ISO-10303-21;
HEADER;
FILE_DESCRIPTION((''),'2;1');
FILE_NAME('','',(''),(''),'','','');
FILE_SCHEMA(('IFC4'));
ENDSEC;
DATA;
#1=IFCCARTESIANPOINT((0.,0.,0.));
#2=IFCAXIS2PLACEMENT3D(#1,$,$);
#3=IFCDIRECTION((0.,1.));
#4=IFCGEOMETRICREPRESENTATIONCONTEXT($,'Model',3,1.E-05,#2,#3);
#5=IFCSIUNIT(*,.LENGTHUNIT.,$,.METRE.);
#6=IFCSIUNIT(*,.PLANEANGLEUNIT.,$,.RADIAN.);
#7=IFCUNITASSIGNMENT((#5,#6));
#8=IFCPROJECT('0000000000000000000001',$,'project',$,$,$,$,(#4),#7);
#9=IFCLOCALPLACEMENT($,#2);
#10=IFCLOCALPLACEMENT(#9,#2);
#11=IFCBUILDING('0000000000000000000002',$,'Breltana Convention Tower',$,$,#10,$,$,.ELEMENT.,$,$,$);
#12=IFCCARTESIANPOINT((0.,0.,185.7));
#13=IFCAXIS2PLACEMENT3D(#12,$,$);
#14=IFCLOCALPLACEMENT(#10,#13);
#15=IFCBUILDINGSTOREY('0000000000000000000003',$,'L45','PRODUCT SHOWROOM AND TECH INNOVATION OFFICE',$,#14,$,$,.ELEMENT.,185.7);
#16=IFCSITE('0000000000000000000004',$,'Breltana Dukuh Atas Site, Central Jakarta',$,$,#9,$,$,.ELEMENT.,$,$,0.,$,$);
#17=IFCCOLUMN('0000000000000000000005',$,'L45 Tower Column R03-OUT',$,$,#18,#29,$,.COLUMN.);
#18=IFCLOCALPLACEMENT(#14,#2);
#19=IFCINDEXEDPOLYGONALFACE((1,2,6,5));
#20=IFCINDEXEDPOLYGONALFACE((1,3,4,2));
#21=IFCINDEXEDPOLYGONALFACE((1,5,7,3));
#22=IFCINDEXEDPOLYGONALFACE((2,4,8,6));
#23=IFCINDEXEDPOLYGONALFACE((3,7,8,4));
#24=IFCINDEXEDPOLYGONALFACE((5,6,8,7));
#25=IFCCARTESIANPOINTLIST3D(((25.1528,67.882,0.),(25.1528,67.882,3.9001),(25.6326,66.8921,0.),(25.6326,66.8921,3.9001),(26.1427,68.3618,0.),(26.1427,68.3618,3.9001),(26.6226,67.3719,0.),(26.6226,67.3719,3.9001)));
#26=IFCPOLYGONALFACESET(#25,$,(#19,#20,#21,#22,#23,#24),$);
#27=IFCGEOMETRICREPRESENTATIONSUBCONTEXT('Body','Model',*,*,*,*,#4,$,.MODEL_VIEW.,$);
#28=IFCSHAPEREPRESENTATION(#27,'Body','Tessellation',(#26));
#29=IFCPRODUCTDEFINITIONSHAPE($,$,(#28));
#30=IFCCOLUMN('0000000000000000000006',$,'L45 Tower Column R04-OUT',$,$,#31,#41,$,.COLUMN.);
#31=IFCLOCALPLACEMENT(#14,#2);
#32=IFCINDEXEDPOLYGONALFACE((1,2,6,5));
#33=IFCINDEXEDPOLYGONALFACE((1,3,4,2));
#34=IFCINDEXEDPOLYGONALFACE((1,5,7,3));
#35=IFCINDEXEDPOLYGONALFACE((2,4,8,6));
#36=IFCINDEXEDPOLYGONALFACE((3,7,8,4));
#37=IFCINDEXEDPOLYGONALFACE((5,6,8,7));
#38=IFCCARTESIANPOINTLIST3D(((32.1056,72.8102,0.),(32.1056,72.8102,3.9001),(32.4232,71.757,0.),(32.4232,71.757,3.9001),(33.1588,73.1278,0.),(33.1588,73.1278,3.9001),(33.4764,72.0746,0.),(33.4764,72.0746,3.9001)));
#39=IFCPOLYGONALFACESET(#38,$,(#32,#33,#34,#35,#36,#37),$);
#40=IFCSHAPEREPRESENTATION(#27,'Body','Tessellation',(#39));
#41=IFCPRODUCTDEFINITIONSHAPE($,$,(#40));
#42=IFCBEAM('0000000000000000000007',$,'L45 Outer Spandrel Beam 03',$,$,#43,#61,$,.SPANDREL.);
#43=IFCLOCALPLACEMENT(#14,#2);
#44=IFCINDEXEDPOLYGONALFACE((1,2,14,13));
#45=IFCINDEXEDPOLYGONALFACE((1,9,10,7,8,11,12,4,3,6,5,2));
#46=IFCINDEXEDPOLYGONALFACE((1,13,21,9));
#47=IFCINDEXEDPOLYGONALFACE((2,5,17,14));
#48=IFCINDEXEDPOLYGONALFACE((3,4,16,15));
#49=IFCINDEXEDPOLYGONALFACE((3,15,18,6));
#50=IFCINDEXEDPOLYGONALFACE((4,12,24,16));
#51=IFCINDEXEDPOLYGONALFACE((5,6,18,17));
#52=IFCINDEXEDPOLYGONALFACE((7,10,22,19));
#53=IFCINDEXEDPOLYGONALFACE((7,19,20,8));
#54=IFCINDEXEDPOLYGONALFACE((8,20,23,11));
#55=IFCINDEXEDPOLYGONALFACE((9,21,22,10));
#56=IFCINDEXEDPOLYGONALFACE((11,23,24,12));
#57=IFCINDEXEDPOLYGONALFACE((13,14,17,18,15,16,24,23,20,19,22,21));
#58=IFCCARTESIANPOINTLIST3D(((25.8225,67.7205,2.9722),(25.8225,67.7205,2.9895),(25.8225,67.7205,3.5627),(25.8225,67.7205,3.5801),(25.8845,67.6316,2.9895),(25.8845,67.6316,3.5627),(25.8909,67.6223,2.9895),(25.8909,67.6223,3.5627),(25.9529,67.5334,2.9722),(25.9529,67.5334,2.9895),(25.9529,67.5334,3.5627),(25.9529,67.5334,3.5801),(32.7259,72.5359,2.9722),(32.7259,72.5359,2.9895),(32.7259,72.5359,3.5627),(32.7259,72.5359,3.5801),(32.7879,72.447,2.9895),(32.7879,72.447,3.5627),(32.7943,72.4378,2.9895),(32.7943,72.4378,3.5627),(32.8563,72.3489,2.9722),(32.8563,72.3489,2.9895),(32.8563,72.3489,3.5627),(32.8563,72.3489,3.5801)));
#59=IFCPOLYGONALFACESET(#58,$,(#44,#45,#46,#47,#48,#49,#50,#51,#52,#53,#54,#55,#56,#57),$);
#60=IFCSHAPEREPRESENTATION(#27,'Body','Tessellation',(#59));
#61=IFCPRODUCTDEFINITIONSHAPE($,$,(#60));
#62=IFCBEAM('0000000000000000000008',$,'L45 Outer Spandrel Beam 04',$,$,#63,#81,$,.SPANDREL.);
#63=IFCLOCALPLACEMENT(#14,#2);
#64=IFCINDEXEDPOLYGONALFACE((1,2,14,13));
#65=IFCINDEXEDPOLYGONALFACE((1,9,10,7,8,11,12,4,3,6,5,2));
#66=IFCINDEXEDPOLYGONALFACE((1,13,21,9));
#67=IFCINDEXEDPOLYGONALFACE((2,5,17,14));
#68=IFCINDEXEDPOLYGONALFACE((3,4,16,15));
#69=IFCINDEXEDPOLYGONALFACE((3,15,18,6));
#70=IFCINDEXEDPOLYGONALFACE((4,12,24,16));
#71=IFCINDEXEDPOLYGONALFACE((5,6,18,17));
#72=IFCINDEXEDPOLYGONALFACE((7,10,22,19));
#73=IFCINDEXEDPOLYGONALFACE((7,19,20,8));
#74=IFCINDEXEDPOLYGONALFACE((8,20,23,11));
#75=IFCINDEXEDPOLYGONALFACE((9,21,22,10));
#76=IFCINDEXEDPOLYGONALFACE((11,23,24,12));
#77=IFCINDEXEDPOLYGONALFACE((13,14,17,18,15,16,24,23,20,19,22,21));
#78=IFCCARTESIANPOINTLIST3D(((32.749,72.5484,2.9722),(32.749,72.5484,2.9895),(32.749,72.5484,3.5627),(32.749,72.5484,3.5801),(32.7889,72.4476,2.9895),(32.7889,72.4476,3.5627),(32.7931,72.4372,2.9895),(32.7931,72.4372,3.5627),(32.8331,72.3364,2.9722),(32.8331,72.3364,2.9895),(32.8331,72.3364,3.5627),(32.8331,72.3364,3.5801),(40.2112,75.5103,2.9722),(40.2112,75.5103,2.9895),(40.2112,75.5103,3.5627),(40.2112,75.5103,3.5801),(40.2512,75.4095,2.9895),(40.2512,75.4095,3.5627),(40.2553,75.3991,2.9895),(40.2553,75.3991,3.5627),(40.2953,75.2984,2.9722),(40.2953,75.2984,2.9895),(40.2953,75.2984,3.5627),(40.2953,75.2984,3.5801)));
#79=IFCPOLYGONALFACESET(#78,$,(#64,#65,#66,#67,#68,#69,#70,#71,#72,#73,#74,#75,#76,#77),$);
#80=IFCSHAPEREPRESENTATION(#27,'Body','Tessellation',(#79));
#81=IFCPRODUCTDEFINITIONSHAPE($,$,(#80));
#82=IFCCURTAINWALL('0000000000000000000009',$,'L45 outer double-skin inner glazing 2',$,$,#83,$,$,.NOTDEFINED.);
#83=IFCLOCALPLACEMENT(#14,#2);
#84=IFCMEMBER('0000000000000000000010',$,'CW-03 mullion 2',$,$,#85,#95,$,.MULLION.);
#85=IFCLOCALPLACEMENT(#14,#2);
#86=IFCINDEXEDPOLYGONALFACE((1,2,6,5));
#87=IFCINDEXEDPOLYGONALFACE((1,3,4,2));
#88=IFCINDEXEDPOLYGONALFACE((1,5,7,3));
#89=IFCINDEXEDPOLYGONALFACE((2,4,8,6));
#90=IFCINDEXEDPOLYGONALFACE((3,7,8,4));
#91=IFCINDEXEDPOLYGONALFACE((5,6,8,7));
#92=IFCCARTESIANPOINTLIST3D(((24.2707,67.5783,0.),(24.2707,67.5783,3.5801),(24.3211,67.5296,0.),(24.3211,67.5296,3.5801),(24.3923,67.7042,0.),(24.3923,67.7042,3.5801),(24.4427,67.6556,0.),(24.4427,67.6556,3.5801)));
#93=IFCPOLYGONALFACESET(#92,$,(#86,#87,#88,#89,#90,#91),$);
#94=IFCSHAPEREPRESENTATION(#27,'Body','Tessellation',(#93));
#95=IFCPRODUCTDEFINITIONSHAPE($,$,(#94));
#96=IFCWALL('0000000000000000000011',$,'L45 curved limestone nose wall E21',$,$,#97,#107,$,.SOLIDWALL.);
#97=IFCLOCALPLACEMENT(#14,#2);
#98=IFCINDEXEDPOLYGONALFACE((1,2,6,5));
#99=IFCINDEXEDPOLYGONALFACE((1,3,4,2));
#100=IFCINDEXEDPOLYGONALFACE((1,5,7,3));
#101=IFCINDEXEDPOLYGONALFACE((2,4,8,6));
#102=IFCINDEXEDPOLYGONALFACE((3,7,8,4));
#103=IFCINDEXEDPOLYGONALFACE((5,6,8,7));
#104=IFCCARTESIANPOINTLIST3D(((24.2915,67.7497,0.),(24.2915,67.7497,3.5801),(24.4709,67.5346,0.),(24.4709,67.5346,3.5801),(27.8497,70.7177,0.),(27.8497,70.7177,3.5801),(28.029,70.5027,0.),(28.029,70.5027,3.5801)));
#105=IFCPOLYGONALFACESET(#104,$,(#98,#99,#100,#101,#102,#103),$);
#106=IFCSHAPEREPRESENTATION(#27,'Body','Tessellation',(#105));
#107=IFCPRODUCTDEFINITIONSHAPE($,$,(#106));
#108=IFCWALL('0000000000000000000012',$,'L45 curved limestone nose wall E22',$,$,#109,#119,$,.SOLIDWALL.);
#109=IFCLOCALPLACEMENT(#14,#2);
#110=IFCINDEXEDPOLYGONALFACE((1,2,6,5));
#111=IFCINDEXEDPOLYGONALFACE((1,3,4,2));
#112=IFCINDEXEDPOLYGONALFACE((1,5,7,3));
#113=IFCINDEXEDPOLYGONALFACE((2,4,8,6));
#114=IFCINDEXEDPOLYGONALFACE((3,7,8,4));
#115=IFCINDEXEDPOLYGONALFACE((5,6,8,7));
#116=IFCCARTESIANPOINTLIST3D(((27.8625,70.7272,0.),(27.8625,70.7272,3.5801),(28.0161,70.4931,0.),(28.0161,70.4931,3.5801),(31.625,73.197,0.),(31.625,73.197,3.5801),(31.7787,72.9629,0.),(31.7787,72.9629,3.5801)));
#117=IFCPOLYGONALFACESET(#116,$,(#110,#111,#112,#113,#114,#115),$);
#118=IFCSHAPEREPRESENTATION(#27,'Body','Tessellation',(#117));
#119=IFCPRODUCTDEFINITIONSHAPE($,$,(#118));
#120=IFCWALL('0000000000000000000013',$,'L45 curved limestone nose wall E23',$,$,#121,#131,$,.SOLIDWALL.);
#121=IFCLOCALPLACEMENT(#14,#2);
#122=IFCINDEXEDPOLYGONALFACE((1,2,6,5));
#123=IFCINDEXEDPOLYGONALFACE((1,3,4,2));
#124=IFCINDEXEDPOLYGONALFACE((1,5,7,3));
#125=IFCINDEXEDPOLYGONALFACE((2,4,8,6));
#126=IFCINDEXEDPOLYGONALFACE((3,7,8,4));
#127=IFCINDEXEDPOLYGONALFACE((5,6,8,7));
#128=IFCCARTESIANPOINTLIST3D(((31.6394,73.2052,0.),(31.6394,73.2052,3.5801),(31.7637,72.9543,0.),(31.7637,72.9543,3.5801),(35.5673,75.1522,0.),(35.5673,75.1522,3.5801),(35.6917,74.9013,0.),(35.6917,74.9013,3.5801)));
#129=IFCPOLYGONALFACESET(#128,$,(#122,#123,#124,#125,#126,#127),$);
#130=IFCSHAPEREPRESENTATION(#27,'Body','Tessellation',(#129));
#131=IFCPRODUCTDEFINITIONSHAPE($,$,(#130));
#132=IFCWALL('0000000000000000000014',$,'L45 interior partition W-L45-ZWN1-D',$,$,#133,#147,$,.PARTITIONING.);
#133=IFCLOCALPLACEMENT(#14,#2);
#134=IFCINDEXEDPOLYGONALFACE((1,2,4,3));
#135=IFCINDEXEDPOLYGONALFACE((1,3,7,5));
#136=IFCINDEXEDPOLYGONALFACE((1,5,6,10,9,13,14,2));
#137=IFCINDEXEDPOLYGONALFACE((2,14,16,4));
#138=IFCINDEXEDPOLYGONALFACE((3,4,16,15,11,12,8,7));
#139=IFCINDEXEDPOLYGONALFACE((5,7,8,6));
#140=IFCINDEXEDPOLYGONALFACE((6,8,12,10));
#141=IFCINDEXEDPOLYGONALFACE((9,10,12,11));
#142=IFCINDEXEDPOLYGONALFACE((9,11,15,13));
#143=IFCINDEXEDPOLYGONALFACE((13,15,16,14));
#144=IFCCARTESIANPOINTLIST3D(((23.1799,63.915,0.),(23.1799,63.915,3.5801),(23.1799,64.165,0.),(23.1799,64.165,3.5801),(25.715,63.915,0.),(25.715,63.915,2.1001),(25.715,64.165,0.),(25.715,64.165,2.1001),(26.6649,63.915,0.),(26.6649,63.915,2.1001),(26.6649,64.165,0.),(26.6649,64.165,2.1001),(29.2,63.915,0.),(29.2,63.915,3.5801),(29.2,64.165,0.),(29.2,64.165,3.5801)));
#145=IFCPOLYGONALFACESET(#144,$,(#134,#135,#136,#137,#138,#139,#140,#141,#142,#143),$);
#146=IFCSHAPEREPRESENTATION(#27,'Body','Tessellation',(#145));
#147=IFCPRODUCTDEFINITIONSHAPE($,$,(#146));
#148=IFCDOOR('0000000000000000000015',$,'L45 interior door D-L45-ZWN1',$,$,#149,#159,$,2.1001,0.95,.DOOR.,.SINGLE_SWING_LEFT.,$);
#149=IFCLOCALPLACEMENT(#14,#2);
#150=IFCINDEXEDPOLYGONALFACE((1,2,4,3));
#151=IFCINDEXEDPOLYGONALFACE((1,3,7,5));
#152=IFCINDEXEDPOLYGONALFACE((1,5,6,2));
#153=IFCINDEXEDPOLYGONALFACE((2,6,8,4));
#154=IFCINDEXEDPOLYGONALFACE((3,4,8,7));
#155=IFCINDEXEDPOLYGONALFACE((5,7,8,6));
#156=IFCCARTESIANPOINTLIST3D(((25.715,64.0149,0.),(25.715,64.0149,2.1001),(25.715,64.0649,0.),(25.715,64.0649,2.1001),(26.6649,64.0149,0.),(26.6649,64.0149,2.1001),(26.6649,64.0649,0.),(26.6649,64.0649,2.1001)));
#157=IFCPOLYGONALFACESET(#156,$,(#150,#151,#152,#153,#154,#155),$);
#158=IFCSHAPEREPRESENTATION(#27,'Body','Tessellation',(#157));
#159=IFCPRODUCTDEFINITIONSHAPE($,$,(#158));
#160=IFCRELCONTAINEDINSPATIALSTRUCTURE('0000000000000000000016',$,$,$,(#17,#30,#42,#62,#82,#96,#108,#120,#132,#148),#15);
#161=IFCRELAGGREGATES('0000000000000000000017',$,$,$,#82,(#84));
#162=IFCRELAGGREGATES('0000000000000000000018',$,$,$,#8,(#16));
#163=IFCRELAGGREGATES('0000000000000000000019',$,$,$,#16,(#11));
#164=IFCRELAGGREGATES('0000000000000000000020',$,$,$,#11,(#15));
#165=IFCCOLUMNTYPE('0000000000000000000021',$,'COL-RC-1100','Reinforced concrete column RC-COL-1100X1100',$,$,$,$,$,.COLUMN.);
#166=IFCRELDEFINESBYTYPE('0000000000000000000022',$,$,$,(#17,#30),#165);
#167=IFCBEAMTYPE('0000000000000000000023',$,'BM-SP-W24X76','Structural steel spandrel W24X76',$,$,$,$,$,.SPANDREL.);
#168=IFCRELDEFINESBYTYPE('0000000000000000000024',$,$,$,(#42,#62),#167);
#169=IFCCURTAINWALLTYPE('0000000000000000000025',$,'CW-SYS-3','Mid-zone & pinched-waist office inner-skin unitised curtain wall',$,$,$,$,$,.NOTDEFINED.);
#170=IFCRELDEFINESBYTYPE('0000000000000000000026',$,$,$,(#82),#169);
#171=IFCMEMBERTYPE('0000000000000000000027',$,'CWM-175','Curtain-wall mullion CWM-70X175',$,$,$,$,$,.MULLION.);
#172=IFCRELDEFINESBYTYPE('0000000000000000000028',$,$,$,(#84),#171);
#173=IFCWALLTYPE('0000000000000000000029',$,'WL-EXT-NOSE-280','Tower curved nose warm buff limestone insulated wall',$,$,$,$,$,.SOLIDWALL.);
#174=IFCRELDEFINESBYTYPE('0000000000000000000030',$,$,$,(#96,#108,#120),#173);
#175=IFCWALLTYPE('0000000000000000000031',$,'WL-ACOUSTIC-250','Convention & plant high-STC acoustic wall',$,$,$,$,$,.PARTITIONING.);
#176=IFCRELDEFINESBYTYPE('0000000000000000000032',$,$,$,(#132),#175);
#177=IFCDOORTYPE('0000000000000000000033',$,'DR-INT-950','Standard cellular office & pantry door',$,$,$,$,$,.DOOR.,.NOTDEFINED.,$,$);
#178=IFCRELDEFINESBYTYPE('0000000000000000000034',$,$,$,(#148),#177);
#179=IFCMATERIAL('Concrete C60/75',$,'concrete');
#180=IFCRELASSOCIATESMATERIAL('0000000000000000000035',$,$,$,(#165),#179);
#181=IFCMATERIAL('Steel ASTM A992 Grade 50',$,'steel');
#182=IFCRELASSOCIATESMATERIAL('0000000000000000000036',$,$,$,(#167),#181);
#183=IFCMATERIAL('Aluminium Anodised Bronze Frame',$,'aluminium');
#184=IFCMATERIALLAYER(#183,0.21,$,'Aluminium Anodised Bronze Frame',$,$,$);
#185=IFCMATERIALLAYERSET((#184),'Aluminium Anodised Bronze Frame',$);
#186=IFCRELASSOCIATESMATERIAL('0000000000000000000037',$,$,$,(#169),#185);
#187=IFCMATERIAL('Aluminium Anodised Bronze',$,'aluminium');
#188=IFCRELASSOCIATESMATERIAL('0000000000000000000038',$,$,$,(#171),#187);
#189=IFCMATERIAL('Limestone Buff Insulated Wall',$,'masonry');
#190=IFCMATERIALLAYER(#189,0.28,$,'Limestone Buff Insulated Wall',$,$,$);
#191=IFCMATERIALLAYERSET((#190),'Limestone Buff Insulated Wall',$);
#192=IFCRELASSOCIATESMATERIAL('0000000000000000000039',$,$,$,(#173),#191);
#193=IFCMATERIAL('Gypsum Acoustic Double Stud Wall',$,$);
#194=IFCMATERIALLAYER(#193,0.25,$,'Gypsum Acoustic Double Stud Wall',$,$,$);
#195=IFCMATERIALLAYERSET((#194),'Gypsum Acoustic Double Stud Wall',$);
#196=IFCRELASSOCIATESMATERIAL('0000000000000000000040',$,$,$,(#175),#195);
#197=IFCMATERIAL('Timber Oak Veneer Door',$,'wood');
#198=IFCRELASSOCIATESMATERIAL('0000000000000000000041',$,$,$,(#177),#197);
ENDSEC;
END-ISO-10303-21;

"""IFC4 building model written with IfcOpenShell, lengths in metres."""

from ifc_helpers import new_model, si_unit, direction, frame, frame_2d, origin, origin_2d, place, context, subcontext, project, spatial, rectangle, i_section, extrude, source, transform, mapped, material, layer, layer_set, material_profile, profile_set, type_object, type_shapes, element, fill, aggregate, save


model = new_model("IFC4")

# Units and contexts
model_context = context("Model", 3, precision=1e-05, world=origin(), true_north=direction((0.0, 1.0)))
body_context = subcontext(model_context, "Body", "Model", "MODEL_VIEW")
ifc_project = project(units=[si_unit("LENGTHUNIT", "METRE"), si_unit("PLANEANGLEUNIT", "RADIAN")], contexts=[model_context])

# Site, building, storey
site_placement = place(None, origin())
site = spatial("IfcSite", under=ifc_project, at=site_placement, Name="Breltana Dukuh Atas Site, Central Jakarta", CompositionType="ELEMENT", RefElevation=0.0)
building_placement = place(site_placement, origin())
building = spatial("IfcBuilding", under=site, at=building_placement, Name="Breltana Convention Tower", CompositionType="ELEMENT")
storey_placement = place(building_placement, frame((0.0, 0.0, 185.7)))
storey = spatial("IfcBuildingStorey", under=building, at=storey_placement, Name="L45", Description="PRODUCT SHOWROOM AND TECH INNOVATION OFFICE", CompositionType="ELEMENT", Elevation=185.7)

# Columns
ifc_material_1 = material(Name="Concrete C60/75", Category="concrete")
ifc_material_profile_1 = material_profile(ifc_material_1, rectangle(XDim=1.1001, YDim=1.1001, at=origin_2d()), Name="RC-COL-1100X1100")
ifc_profile_set_1 = profile_set([ifc_material_profile_1], Name="Concrete C60/75")
column_type = type_object("IfcColumnType", Name="COL-RC-1100", Description="Reinforced concrete column RC-COL-1100X1100", PredefinedType="COLUMN", material=ifc_profile_set_1)
shared_shape_1 = source(origin(), body_context, "Body", "SweptSolid", [
    extrude(rectangle(XDim=1.1001, YDim=1.1001, at=origin_2d()), origin(), (0.0, 0.0, 1.0), 3.9001),
])
for number, where, z_axis, x_axis, name in (
    (1, (25.8877, 67.627, 0.0), (0.0, 0.0, 1.0), (-0.436174, 0.899863, 0.0), "L45 Tower Column R03-OUT"),
    (2, (32.791, 72.4424, 0.0), (0.0, 0.0, 1.0), (-0.288698, 0.95742, 0.0), "L45 Tower Column R04-OUT"),
):
    element("IfcColumn", number, at=place(storey_placement, frame(where, z_axis=z_axis, x_axis=x_axis)), inside=storey, type_object=column_type, Name=name, PredefinedType="COLUMN", context=body_context, shape_type="MappedRepresentation", body=[
        mapped(shared_shape_1, transform((0.0, 0.0, 0.0), scale=1.0)),
    ])

# Beams
ifc_material_2 = material(Name="Steel ASTM A992 Grade 50", Category="steel")
ifc_material_profile_2 = material_profile(ifc_material_2, i_section(OverallWidth=0.228, OverallDepth=0.6079, WebThickness=0.0112, FlangeThickness=0.0173, at=origin_2d()), Name="W24X76")
ifc_profile_set_2 = profile_set([ifc_material_profile_2], Name="Steel ASTM A992 Grade 50")
beam_type = type_object("IfcBeamType", Name="BM-SP-W24X76", Description="Structural steel spandrel W24X76", PredefinedType="SPANDREL", material=ifc_profile_set_2)
shared_shape_2 = source(origin(), body_context, "Body", "SweptSolid", [
    extrude(i_section(OverallWidth=0.228, OverallDepth=0.6079, WebThickness=0.0112, FlangeThickness=0.0173, at=origin_2d()), origin(), (0.0, 0.0, 1.0), 8.417),
])
beam_1_placement = place(storey_placement, frame((25.8877, 67.627, 3.2761), z_axis=(0.820174, 0.572114, 0.0), x_axis=(-0.572114, 0.820174, 0.0)))
element("IfcBeam", 3, at=beam_1_placement, inside=storey, type_object=beam_type, Name="L45 Outer Spandrel Beam 03", PredefinedType="SPANDREL", context=body_context, shape_type="MappedRepresentation", body=[
    mapped(shared_shape_2, transform((0.0, 0.0, 0.0), scale=1.0)),
])
shared_shape_3 = source(origin(), body_context, "Body", "SweptSolid", [
    extrude(i_section(OverallWidth=0.228, OverallDepth=0.6079, WebThickness=0.0112, FlangeThickness=0.0173, at=origin_2d()), origin(), (0.0, 0.0, 1.0), 8.0286),
])
beam_2_placement = place(storey_placement, frame((32.791, 72.4424, 3.2761), z_axis=(0.929459, 0.368925, 0.0), x_axis=(-0.368925, 0.929459, 0.0)))
element("IfcBeam", 4, at=beam_2_placement, inside=storey, type_object=beam_type, Name="L45 Outer Spandrel Beam 04", PredefinedType="SPANDREL", context=body_context, shape_type="MappedRepresentation", body=[
    mapped(shared_shape_3, transform((0.0, 0.0, 0.0), scale=1.0)),
])

# Curtain wall, member
ifc_material_3 = material(Name="Aluminium Anodised Bronze Frame", Category="aluminium")
ifc_layer_1 = layer(ifc_material_3, 0.21, Name="Aluminium Anodised Bronze Frame")
ifc_layer_set_1 = layer_set([ifc_layer_1], Name="Aluminium Anodised Bronze Frame")
curtain_wall_type = type_object("IfcCurtainWallType", Name="CW-SYS-3", Description="Mid-zone & pinched-waist office inner-skin unitised curtain wall", PredefinedType="NOTDEFINED", material=ifc_layer_set_1)
curtain_wall_placement = place(storey_placement, origin())
curtain_wall = element("IfcCurtainWall", 5, at=curtain_wall_placement, inside=storey, type_object=curtain_wall_type, Name="L45 outer double-skin inner glazing 2", PredefinedType="NOTDEFINED")
ifc_material_4 = material(Name="Aluminium Anodised Bronze", Category="aluminium")
ifc_material_profile_3 = material_profile(ifc_material_4, rectangle(XDim=0.0701, YDim=0.175, at=origin_2d()), Name="CWM-70X175")
ifc_profile_set_3 = profile_set([ifc_material_profile_3], Name="Aluminium Anodised Bronze")
member_type = type_object("IfcMemberType", Name="CWM-175", Description="Curtain-wall mullion CWM-70X175", PredefinedType="MULLION", material=ifc_profile_set_3)
shared_shape_4 = source(origin(), body_context, "Body", "SweptSolid", [
    extrude(rectangle(XDim=0.0701, YDim=0.175, at=origin_2d()), origin(), (0.0, 0.0, 1.0), 3.5801),
])
member_placement = place(storey_placement, frame((24.3567, 67.6169, 0.0), z_axis=(0.0, 0.0, 1.0), x_axis=(-0.719394, 0.694603, 0.0)))
member = element("IfcMember", 6, at=member_placement, type_object=member_type, Name="CW-03 mullion 2", PredefinedType="MULLION", context=body_context, shape_type="MappedRepresentation", body=[
    mapped(shared_shape_4, transform((0.0, 0.0, 0.0), scale=1.0)),
])
aggregate(curtain_wall, [member])

# Walls
ifc_material_5 = material(Name="Limestone Buff Insulated Wall", Category="masonry")
ifc_layer_2 = layer(ifc_material_5, 0.28, Name="Limestone Buff Insulated Wall")
ifc_layer_set_2 = layer_set([ifc_layer_2], Name="Limestone Buff Insulated Wall")
wall_type_1 = type_object("IfcWallType", Name="WL-EXT-NOSE-280", Description="Tower curved nose warm buff limestone insulated wall", PredefinedType="SOLIDWALL", material=ifc_layer_set_2)
shared_shape_5 = source(origin(), body_context, "Body", "SweptSolid", [
    extrude(rectangle(XDim=4.6335, YDim=0.28, at=frame_2d((2.3169, 0.0))), origin(), (0.0, 0.0, 1.0), 3.5801),
])
wall_1_placement = place(storey_placement, frame((24.3811, 67.6421, 0.0), z_axis=(0.0, 0.0, 1.0), x_axis=(0.76791, 0.640557, 0.0)))
element("IfcWall", 7, at=wall_1_placement, inside=storey, type_object=wall_type_1, Name="L45 curved limestone nose wall E21", PredefinedType="SOLIDWALL", context=body_context, shape_type="MappedRepresentation", body=[
    mapped(shared_shape_5, transform((0.0, 0.0, 0.0), scale=1.0)),
])
shared_shape_6 = source(origin(), body_context, "Body", "SweptSolid", [
    extrude(rectangle(XDim=4.5007, YDim=0.28, at=frame_2d((2.2505, 0.0))), origin(), (0.0, 0.0, 1.0), 3.5801),
])
wall_2_placement = place(storey_placement, frame((27.9392, 70.6101, 0.0), z_axis=(0.0, 0.0, 1.0), x_axis=(0.835985, 0.548752, 0.0)))
element("IfcWall", 8, at=wall_2_placement, inside=storey, type_object=wall_type_1, Name="L45 curved limestone nose wall E22", PredefinedType="SOLIDWALL", context=body_context, shape_type="MappedRepresentation", body=[
    mapped(shared_shape_6, transform((0.0, 0.0, 0.0), scale=1.0)),
])
shared_shape_7 = source(origin(), body_context, "Body", "SweptSolid", [
    extrude(rectangle(XDim=4.384, YDim=0.28, at=frame_2d((2.1919, 0.0))), origin(), (0.0, 0.0, 1.0), 3.5801),
])
wall_3_placement = place(storey_placement, frame((31.7017, 73.0798, 0.0), z_axis=(0.0, 0.0, 1.0), x_axis=(0.89597, 0.444115, 0.0)))
element("IfcWall", 9, at=wall_3_placement, inside=storey, type_object=wall_type_1, Name="L45 curved limestone nose wall E23", PredefinedType="SOLIDWALL", context=body_context, shape_type="MappedRepresentation", body=[
    mapped(shared_shape_7, transform((0.0, 0.0, 0.0), scale=1.0)),
])

# Wall, opening, door
ifc_material_6 = material(Name="Gypsum Acoustic Double Stud Wall")
ifc_layer_3 = layer(ifc_material_6, 0.25, Name="Gypsum Acoustic Double Stud Wall")
ifc_layer_set_3 = layer_set([ifc_layer_3], Name="Gypsum Acoustic Double Stud Wall")
wall_type_2 = type_object("IfcWallType", Name="WL-ACOUSTIC-250", Description="Convention & plant high-STC acoustic wall", PredefinedType="PARTITIONING", material=ifc_layer_set_3)
shared_shape_8 = source(origin(), body_context, "Body", "SweptSolid", [
    extrude(rectangle(XDim=6.02, YDim=0.25, at=frame_2d((3.01, 0.0))), origin(), (0.0, 0.0, 1.0), 3.5801),
])
wall_4_placement = place(storey_placement, frame((23.1799, 64.04, 0.0), z_axis=(0.0, 0.0, 1.0), x_axis=(1.0, 0.0, 0.0)))
wall_4 = element("IfcWall", 10, at=wall_4_placement, inside=storey, type_object=wall_type_2, Name="L45 interior partition W-L45-ZWN1-D", PredefinedType="PARTITIONING", context=body_context, shape_type="MappedRepresentation", body=[
    mapped(shared_shape_8, transform((0.0, 0.0, 0.0), scale=1.0)),
])
opening_1_placement = place(wall_4_placement, frame((2.5349, 0.0, 0.0)))
opening_1 = element("IfcOpeningElement", 11, at=opening_1_placement, cuts=wall_4, PredefinedType="OPENING", context=body_context, shape_type="SweptSolid", body=[
    extrude(rectangle(XDim=0.95, YDim=2.1001, at=frame_2d((0.4751, 1.05))), frame((0.0, 0.135, 0.0), z_axis=(0.0, -1.0, 0.0), x_axis=(1.0, 0.0, 0.0)), (0.0, 0.0, 1.0), 0.27),
])
ifc_material_7 = material(Name="Timber Oak Veneer Door", Category="wood")
door_type = type_object("IfcDoorType", Name="DR-INT-950", Description="Standard cellular office & pantry door", OperationType="NOTDEFINED", PredefinedType="DOOR", material=ifc_material_7)
shared_shape_9 = source(origin(), body_context, "Body", "SweptSolid", [
    extrude(rectangle(XDim=0.95, YDim=2.1001, at=frame_2d((0.4751, 1.05))), frame((0.0, 0.0249, 0.0), z_axis=(0.0, -1.0, 0.0), x_axis=(1.0, 0.0, 0.0)), (0.0, 0.0, 1.0), 0.05),
])
type_shapes(door_type, [shared_shape_9])
door_1_placement = place(opening_1_placement, origin())
door_1 = element("IfcDoor", 12, at=door_1_placement, inside=storey, type_object=door_type, Name="L45 interior door D-L45-ZWN1", OperationType="SINGLE_SWING_LEFT", OverallHeight=2.1001, OverallWidth=0.95, PredefinedType="DOOR", context=body_context, shape_type="MappedRepresentation", body=[
    mapped(shared_shape_9, transform((0.0, 0.0, 0.0), scale=1.0)),
])
fill(opening_1, door_1)

save(model, "model.ifc")
